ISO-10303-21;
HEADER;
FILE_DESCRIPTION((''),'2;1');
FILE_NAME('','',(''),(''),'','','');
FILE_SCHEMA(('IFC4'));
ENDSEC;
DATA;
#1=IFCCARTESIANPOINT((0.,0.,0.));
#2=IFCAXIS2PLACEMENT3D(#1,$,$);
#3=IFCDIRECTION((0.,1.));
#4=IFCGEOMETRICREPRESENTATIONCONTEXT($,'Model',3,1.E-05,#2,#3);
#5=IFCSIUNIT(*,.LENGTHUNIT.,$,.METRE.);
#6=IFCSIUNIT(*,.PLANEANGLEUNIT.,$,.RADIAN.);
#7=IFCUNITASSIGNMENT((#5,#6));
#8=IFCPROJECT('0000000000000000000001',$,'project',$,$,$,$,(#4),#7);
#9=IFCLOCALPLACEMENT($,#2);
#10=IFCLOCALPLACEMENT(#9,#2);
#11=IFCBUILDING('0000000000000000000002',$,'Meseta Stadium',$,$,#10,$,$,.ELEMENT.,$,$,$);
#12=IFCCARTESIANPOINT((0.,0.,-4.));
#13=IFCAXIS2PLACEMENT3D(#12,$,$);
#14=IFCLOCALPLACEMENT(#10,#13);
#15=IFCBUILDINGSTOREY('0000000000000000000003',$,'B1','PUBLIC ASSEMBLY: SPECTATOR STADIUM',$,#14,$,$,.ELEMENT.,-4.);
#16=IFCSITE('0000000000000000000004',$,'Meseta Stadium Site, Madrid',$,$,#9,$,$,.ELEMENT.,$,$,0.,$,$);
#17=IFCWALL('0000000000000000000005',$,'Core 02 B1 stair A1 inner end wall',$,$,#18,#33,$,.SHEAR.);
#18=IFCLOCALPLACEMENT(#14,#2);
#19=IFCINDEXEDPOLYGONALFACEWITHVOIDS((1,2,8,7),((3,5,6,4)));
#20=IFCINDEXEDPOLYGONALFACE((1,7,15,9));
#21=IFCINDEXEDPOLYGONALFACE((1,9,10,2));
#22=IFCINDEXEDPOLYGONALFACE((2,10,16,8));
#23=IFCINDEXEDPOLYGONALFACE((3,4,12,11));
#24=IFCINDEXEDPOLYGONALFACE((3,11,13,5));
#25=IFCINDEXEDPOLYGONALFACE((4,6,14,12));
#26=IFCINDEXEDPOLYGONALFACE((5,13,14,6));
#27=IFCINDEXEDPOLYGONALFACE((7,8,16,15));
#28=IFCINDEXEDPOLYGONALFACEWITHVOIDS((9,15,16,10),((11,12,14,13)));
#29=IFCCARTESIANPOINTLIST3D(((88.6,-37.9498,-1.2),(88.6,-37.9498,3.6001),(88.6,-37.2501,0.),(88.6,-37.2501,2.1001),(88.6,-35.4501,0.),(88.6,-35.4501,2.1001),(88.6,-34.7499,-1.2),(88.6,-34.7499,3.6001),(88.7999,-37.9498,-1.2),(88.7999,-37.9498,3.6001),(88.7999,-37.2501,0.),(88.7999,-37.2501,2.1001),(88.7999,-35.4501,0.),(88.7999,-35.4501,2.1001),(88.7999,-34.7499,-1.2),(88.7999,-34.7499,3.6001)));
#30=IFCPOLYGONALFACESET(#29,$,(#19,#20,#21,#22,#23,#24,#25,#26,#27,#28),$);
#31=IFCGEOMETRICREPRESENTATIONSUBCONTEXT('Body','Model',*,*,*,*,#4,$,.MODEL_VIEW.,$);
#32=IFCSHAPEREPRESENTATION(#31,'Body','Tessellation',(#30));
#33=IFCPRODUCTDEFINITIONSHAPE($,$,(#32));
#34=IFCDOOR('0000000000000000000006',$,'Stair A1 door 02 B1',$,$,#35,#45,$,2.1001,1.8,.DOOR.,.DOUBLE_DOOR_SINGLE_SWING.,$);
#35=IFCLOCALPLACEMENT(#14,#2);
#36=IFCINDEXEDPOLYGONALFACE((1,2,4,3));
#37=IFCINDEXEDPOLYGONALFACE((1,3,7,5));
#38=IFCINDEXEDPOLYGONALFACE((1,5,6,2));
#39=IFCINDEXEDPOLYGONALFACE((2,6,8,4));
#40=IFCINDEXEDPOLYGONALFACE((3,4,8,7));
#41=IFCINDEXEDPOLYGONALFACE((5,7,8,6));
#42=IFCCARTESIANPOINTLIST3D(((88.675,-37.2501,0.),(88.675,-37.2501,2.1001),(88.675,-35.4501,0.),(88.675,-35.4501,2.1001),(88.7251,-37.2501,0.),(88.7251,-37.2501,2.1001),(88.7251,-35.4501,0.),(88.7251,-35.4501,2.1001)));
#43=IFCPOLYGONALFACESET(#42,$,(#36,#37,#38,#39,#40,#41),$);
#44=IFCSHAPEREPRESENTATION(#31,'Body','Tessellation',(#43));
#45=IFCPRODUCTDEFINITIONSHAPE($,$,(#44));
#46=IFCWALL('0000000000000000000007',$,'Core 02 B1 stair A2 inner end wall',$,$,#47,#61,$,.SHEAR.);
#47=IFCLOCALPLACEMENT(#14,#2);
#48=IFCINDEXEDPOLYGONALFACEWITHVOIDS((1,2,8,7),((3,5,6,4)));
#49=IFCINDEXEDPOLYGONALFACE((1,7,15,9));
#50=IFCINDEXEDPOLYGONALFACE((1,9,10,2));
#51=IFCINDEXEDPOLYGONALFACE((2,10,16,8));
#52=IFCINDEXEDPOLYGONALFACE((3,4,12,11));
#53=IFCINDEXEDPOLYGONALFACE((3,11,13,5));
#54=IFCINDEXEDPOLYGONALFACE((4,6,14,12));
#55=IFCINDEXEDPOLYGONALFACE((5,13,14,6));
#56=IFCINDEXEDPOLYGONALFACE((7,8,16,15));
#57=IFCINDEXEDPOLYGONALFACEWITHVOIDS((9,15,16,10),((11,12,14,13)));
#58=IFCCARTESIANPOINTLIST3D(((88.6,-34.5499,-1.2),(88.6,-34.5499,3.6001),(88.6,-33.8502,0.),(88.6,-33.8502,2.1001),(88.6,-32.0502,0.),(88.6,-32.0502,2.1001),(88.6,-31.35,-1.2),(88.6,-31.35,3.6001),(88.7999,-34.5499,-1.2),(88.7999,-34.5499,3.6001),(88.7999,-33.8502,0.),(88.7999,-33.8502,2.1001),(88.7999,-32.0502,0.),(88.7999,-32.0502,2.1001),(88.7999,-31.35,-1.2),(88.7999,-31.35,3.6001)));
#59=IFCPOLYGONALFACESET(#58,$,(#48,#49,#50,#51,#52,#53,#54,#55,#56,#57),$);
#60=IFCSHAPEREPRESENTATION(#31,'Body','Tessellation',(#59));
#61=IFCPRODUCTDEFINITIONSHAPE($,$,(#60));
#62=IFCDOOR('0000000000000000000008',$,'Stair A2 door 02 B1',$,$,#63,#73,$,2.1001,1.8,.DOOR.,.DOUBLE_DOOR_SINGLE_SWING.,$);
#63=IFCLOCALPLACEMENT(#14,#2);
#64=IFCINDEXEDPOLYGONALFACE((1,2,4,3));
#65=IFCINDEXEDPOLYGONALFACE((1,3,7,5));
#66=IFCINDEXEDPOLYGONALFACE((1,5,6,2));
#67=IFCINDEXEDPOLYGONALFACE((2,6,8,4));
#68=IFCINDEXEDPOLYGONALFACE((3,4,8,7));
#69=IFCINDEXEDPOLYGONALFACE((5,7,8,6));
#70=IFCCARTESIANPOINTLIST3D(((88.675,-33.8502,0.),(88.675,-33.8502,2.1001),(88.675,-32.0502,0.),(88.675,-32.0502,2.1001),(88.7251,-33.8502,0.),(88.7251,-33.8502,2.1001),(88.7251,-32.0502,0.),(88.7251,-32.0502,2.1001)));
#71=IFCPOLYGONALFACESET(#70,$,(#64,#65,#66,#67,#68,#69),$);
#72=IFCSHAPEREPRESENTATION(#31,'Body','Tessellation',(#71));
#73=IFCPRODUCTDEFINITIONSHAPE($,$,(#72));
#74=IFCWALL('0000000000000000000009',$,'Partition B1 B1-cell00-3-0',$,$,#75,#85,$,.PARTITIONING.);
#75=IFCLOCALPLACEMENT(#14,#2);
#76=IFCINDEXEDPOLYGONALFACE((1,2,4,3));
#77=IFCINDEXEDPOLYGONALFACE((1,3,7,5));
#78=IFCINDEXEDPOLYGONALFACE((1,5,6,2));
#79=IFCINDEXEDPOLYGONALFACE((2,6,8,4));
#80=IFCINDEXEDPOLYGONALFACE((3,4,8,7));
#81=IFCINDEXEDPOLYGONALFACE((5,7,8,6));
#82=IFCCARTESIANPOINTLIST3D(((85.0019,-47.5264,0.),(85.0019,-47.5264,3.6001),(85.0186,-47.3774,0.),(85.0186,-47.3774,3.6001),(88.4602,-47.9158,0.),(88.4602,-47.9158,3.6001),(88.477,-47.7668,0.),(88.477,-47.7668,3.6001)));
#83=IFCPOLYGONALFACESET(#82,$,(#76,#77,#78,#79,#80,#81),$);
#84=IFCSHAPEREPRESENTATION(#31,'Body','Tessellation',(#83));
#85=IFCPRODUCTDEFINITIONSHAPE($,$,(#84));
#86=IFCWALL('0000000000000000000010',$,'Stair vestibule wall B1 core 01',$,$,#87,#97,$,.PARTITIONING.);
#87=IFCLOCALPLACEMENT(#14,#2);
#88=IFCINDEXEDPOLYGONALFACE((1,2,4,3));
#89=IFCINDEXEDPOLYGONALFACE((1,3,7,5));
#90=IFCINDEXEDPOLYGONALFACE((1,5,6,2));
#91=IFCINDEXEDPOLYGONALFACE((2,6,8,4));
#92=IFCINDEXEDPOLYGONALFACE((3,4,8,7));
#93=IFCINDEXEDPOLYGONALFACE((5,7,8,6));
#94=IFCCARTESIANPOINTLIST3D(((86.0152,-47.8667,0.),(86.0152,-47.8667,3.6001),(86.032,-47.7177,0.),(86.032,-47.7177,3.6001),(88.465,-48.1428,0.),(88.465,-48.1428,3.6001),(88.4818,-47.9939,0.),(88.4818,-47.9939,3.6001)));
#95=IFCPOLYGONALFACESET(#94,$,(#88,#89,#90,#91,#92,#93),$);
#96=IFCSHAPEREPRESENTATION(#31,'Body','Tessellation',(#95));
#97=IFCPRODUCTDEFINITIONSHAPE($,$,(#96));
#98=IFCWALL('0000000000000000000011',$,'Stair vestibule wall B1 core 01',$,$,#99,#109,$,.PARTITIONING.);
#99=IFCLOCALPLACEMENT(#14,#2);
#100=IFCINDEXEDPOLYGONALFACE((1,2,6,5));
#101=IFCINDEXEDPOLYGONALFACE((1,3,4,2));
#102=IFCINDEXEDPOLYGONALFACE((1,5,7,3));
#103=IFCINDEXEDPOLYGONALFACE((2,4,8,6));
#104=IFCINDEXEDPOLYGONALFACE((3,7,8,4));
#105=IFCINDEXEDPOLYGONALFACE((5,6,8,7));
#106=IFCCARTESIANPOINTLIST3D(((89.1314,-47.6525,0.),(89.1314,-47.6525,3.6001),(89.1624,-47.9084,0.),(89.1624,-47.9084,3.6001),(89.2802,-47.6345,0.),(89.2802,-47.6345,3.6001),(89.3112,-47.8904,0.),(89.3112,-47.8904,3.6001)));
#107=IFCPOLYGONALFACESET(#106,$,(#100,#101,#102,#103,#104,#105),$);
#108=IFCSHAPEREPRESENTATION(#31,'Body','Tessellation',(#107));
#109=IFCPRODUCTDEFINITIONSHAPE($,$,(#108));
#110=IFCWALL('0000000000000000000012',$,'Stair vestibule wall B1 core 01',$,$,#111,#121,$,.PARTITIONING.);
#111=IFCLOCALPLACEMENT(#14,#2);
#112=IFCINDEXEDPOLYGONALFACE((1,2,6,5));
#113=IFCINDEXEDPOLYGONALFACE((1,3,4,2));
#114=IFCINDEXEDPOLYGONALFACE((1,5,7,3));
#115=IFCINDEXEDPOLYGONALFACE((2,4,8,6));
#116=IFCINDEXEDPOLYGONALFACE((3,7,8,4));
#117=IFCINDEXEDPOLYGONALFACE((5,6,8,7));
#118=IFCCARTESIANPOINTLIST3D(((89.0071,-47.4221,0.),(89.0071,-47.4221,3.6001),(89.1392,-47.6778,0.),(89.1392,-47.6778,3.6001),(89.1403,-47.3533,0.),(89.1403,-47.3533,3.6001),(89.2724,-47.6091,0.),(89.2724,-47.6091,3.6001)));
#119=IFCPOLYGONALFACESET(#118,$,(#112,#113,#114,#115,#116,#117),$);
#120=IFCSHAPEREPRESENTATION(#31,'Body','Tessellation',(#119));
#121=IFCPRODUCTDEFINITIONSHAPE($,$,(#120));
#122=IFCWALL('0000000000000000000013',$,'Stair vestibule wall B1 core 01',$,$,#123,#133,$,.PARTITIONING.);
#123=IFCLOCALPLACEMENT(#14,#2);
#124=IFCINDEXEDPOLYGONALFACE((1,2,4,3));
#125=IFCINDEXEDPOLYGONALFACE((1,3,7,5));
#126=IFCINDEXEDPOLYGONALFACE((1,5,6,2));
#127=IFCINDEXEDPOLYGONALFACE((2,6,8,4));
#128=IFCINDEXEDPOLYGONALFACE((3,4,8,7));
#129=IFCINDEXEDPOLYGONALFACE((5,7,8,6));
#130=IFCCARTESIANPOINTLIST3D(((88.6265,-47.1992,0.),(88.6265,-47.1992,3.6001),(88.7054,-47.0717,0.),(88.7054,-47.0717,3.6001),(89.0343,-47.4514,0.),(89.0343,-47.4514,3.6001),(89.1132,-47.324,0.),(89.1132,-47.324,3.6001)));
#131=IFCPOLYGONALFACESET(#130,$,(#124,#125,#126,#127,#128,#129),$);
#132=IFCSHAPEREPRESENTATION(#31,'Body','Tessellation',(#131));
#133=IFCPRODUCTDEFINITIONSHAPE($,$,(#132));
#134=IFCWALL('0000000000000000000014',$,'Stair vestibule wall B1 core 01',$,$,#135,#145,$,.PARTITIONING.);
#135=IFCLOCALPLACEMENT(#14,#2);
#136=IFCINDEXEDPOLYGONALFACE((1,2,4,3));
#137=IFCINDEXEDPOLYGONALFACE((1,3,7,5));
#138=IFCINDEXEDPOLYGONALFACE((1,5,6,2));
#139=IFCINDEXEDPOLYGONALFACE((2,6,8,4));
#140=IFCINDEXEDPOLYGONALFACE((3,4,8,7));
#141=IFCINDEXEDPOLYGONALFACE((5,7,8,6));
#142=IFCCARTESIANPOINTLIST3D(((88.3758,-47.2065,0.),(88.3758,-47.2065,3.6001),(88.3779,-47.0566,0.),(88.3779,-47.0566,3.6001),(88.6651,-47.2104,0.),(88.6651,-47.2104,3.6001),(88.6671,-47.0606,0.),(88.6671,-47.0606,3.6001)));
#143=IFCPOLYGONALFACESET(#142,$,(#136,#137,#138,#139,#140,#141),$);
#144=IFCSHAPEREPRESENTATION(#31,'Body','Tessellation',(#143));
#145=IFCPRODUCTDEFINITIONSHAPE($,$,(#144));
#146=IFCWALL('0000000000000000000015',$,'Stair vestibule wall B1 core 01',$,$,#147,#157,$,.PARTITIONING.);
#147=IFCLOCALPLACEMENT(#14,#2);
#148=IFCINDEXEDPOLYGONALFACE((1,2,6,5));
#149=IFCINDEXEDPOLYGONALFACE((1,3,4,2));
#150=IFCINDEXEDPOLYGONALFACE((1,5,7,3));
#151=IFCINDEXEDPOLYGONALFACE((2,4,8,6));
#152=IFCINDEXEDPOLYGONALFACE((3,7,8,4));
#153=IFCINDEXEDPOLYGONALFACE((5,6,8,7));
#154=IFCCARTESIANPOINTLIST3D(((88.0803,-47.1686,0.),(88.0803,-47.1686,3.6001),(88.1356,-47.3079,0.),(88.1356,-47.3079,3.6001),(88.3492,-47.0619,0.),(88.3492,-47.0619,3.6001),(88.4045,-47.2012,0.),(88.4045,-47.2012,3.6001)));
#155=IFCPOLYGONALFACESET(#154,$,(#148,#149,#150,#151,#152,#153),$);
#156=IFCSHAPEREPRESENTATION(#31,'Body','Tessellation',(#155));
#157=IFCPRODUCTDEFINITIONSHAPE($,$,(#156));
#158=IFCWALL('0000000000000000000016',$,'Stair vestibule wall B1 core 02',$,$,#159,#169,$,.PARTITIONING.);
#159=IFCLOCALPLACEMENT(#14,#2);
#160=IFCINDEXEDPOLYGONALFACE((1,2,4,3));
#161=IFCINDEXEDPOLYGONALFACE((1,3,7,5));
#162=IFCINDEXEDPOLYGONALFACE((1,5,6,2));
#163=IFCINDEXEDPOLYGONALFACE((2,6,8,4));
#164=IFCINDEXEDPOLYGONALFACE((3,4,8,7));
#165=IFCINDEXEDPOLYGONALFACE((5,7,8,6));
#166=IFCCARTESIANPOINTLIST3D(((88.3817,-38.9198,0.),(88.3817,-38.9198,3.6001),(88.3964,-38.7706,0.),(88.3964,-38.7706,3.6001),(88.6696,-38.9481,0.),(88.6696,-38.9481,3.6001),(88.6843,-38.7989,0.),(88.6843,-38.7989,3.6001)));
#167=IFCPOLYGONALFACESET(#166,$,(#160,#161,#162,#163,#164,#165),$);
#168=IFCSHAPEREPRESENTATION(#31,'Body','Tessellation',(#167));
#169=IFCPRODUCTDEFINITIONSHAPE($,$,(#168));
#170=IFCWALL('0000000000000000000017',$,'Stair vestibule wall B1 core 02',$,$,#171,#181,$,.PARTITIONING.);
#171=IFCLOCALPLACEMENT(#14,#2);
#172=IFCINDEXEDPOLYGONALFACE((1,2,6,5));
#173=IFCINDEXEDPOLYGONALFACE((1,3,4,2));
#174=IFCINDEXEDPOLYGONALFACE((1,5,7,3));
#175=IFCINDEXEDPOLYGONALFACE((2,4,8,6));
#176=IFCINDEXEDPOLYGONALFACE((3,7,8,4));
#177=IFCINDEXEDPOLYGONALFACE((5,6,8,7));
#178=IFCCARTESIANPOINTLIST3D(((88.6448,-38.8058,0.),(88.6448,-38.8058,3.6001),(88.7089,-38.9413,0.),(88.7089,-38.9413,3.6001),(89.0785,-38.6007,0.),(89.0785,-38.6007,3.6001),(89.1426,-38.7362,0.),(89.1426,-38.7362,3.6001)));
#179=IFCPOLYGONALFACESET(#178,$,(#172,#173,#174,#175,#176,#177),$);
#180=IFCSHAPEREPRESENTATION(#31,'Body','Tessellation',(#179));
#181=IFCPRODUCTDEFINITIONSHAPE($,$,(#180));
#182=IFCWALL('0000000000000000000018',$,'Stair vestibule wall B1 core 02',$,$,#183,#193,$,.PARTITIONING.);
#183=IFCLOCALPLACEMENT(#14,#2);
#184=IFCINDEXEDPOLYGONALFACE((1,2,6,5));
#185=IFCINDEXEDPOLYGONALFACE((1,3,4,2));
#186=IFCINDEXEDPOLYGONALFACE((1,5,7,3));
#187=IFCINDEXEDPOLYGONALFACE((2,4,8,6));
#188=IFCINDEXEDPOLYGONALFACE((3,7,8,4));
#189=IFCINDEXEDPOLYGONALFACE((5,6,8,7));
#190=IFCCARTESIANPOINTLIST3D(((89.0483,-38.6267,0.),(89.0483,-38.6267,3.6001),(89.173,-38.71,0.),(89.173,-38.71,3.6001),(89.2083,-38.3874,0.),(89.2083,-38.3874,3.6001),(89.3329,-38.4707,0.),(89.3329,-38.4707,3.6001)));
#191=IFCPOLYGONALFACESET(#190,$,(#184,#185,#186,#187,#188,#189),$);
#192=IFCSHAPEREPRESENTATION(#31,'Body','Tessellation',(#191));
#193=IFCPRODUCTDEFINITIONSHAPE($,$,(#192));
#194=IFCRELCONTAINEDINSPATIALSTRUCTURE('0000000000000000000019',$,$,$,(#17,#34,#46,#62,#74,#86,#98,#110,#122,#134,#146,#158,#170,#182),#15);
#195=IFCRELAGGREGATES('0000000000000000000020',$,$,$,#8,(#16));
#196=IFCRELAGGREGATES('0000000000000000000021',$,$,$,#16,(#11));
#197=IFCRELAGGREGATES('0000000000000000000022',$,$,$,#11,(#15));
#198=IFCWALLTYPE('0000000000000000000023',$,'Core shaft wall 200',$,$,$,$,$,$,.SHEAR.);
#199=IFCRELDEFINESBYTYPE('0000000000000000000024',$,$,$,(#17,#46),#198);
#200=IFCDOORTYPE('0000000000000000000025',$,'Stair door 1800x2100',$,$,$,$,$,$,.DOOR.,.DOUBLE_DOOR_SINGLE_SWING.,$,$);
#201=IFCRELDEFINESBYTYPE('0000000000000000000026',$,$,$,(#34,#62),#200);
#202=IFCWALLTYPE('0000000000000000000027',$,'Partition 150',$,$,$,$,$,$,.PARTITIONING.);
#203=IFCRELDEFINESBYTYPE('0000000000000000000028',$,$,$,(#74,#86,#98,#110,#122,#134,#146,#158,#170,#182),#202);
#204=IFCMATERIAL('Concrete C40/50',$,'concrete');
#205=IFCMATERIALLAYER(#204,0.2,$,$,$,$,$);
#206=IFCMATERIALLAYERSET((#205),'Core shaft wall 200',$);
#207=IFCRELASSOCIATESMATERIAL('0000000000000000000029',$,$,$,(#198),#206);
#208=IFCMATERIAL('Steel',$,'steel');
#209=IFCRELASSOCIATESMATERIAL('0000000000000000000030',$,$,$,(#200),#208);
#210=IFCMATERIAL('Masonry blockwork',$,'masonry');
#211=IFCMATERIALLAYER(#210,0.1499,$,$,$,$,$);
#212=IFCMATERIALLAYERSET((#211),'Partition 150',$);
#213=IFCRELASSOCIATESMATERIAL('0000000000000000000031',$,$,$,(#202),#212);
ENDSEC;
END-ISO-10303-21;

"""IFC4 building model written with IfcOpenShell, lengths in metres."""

from ifc_helpers import new_model, si_unit, direction, frame, frame_2d, origin, place, context, subcontext, project, spatial, rectangle, extrude, material, layer, layer_set, type_object, element, fill, save


model = new_model("IFC4")

# Units and contexts
model_context = context("Model", 3, precision=1e-05, world=origin(), true_north=direction((0.0, 1.0)))
body_context = subcontext(model_context, "Body", "Model", "MODEL_VIEW")
ifc_project = project(units=[si_unit("LENGTHUNIT", "METRE"), si_unit("PLANEANGLEUNIT", "RADIAN")], contexts=[model_context])

# Site, building, storey
site_placement = place(None, origin())
site = spatial("IfcSite", under=ifc_project, at=site_placement, Name="Meseta Stadium Site, Madrid", CompositionType="ELEMENT", RefElevation=0.0)
building_placement = place(site_placement, origin())
building = spatial("IfcBuilding", under=site, at=building_placement, Name="Meseta Stadium", CompositionType="ELEMENT")
storey_placement = place(building_placement, frame((0.0, 0.0, -4.0)))
storey = spatial("IfcBuildingStorey", under=building, at=storey_placement, Name="B1", Description="PUBLIC ASSEMBLY: SPECTATOR STADIUM", CompositionType="ELEMENT", Elevation=-4.0)

# Walls, openings, doors
ifc_material_1 = material(Name="Concrete C40/50", Category="concrete")
ifc_layer_1 = layer(ifc_material_1, 0.2)
ifc_layer_set_1 = layer_set([ifc_layer_1], Name="Core shaft wall 200")
wall_type_1 = type_object("IfcWallType", Name="Core shaft wall 200", PredefinedType="SHEAR", material=ifc_layer_set_1)
wall_1_placement = place(storey_placement, frame((88.7, -37.95, -1.2), z_axis=(0.0, 0.0, 1.0), x_axis=(0.0, 1.0, 0.0)))
wall_1 = element("IfcWall", 1, at=wall_1_placement, inside=storey, type_object=wall_type_1, Name="Core 02 B1 stair A1 inner end wall", PredefinedType="SHEAR", context=body_context, shape_type="SweptSolid", body=[
    extrude(rectangle(XDim=3.2, YDim=0.2, at=frame_2d((1.6001, 0.0))), origin(), (0.0, 0.0, 1.0), 4.8),
])
opening_1_placement = place(wall_1_placement, frame((0.7, 0.0, 1.2)))
opening_1 = element("IfcOpeningElement", 2, at=opening_1_placement, cuts=wall_1, PredefinedType="OPENING", context=body_context, shape_type="SweptSolid", body=[
    extrude(rectangle(XDim=1.8, YDim=2.1001, at=frame_2d((0.8999, 1.05))), frame((0.0, 0.1099, 0.0), z_axis=(0.0, -1.0, 0.0), x_axis=(1.0, 0.0, 0.0)), (0.0, 0.0, 1.0), 0.22),
])
ifc_material_2 = material(Name="Steel", Category="steel")
door_type = type_object("IfcDoorType", Name="Stair door 1800x2100", OperationType="DOUBLE_DOOR_SINGLE_SWING", PredefinedType="DOOR", material=ifc_material_2)
door_1_placement = place(opening_1_placement, origin())
door_1 = element("IfcDoor", 3, at=door_1_placement, inside=storey, type_object=door_type, Name="Stair A1 door 02 B1", OperationType="DOUBLE_DOOR_SINGLE_SWING", OverallHeight=2.1001, OverallWidth=1.8, PredefinedType="DOOR", context=body_context, shape_type="SweptSolid", body=[
    extrude(rectangle(XDim=1.8, YDim=2.1001, at=frame_2d((0.8999, 1.05))), frame((0.0, 0.0249, 0.0), z_axis=(0.0, -1.0, 0.0), x_axis=(1.0, 0.0, 0.0)), (0.0, 0.0, 1.0), 0.05),
])
fill(opening_1, door_1)
wall_2_placement = place(storey_placement, frame((88.7, -34.55, -1.2), z_axis=(0.0, 0.0, 1.0), x_axis=(0.0, 1.0, 0.0)))
wall_2 = element("IfcWall", 4, at=wall_2_placement, inside=storey, type_object=wall_type_1, Name="Core 02 B1 stair A2 inner end wall", PredefinedType="SHEAR", context=body_context, shape_type="SweptSolid", body=[
    extrude(rectangle(XDim=3.2, YDim=0.2, at=frame_2d((1.6001, 0.0))), origin(), (0.0, 0.0, 1.0), 4.8),
])
opening_2_placement = place(wall_2_placement, frame((0.7, 0.0, 1.2)))
opening_2 = element("IfcOpeningElement", 5, at=opening_2_placement, cuts=wall_2, PredefinedType="OPENING", context=body_context, shape_type="SweptSolid", body=[
    extrude(rectangle(XDim=1.8, YDim=2.1001, at=frame_2d((0.8999, 1.05))), frame((0.0, 0.1099, 0.0), z_axis=(0.0, -1.0, 0.0), x_axis=(1.0, 0.0, 0.0)), (0.0, 0.0, 1.0), 0.22),
])
door_2_placement = place(opening_2_placement, origin())
door_2 = element("IfcDoor", 6, at=door_2_placement, inside=storey, type_object=door_type, Name="Stair A2 door 02 B1", OperationType="DOUBLE_DOOR_SINGLE_SWING", OverallHeight=2.1001, OverallWidth=1.8, PredefinedType="DOOR", context=body_context, shape_type="SweptSolid", body=[
    extrude(rectangle(XDim=1.8, YDim=2.1001, at=frame_2d((0.8999, 1.05))), frame((0.0, 0.0249, 0.0), z_axis=(0.0, -1.0, 0.0), x_axis=(1.0, 0.0, 0.0)), (0.0, 0.0, 1.0), 0.05),
])
fill(opening_2, door_2)

# Walls
ifc_material_3 = material(Name="Masonry blockwork", Category="masonry")
ifc_layer_2 = layer(ifc_material_3, 0.1499)
ifc_layer_set_2 = layer_set([ifc_layer_2], Name="Partition 150")
wall_type_2 = type_object("IfcWallType", Name="Partition 150", PredefinedType="PARTITIONING", material=ifc_layer_set_2)
wall_3_placement = place(storey_placement, frame((88.4688, -47.8413, 0.0), z_axis=(0.0, 0.0, 1.0), x_axis=(-0.99372, 0.111894, 0.0)))
element("IfcWall", 7, at=wall_3_placement, inside=storey, type_object=wall_type_2, Name="Partition B1 B1-cell00-3-0", PredefinedType="PARTITIONING", context=body_context, shape_type="SweptSolid", body=[
    extrude(rectangle(XDim=3.4802, YDim=0.1499, at=frame_2d((1.7402, 0.0))), origin(), (0.0, 0.0, 1.0), 3.6001),
])
wall_4_placement = place(storey_placement, frame((88.4734, -48.0684, 0.0), z_axis=(0.0, 0.0, 1.0), x_axis=(-0.993707, 0.112007, 0.0)))
element("IfcWall", 8, at=wall_4_placement, inside=storey, type_object=wall_type_2, Name="Stair vestibule wall B1 core 01", PredefinedType="PARTITIONING", context=body_context, shape_type="SweptSolid", body=[
    extrude(rectangle(XDim=2.4653, YDim=0.1499, at=frame_2d((1.2327, 0.0))), origin(), (0.0, 0.0, 1.0), 3.6001),
])
wall_5_placement = place(storey_placement, frame((89.2368, -47.8994, 0.0), z_axis=(0.0, 0.0, 1.0), x_axis=(-0.120303, 0.992737, 0.0)))
element("IfcWall", 9, at=wall_5_placement, inside=storey, type_object=wall_type_2, Name="Stair vestibule wall B1 core 01", PredefinedType="PARTITIONING", context=body_context, shape_type="SweptSolid", body=[
    extrude(rectangle(XDim=0.2578, YDim=0.1499, at=frame_2d((0.1289, 0.0))), origin(), (0.0, 0.0, 1.0), 3.6001),
])
wall_6_placement = place(storey_placement, frame((89.2058, -47.6436, 0.0), z_axis=(0.0, 0.0, 1.0), x_axis=(-0.458708, 0.888587, 0.0)))
element("IfcWall", 10, at=wall_6_placement, inside=storey, type_object=wall_type_2, Name="Stair vestibule wall B1 core 01", PredefinedType="PARTITIONING", context=body_context, shape_type="SweptSolid", body=[
    extrude(rectangle(XDim=0.2878, YDim=0.1499, at=frame_2d((0.144, 0.0))), origin(), (0.0, 0.0, 1.0), 3.6001),
])
wall_7_placement = place(storey_placement, frame((89.0737, -47.3877, 0.0), z_axis=(0.0, 0.0, 1.0), x_axis=(-0.85045, 0.526057, 0.0)))
element("IfcWall", 11, at=wall_7_placement, inside=storey, type_object=wall_type_2, Name="Stair vestibule wall B1 core 01", PredefinedType="PARTITIONING", context=body_context, shape_type="SweptSolid", body=[
    extrude(rectangle(XDim=0.4795, YDim=0.1499, at=frame_2d((0.2397, 0.0))), origin(), (0.0, 0.0, 1.0), 3.6001),
])
for number, where, z_axis, x_axis, name in (
    (12, (88.666, -47.1355, 0.0), (0.0, 0.0, 1.0), (-0.999909, 0.013501, 0.0), "Stair vestibule wall B1 core 01"),
    (13, (88.3767, -47.1316, 0.0), (0.0, 0.0, 1.0), (-0.929463, -0.368915, 0.0), "Stair vestibule wall B1 core 01"),
    (14, (88.3892, -38.8452, 0.0), (0.0, 0.0, 1.0), (0.995195, -0.097916, 0.0), "Stair vestibule wall B1 core 02"),
):
    element("IfcWall", number, at=place(storey_placement, frame(where, z_axis=z_axis, x_axis=x_axis)), inside=storey, type_object=wall_type_2, Name=name, PredefinedType="PARTITIONING", context=body_context, shape_type="SweptSolid", body=[
        extrude(rectangle(XDim=0.2893, YDim=0.1499, at=frame_2d((0.1445, 0.0))), origin(), (0.0, 0.0, 1.0), 3.6001),
    ])
wall_8_placement = place(storey_placement, frame((88.677, -38.8735, 0.0), z_axis=(0.0, 0.0, 1.0), x_axis=(0.903986, 0.427561, 0.0)))
element("IfcWall", 15, at=wall_8_placement, inside=storey, type_object=wall_type_2, Name="Stair vestibule wall B1 core 02", PredefinedType="PARTITIONING", context=body_context, shape_type="SweptSolid", body=[
    extrude(rectangle(XDim=0.4797, YDim=0.1499, at=frame_2d((0.2397, 0.0))), origin(), (0.0, 0.0, 1.0), 3.6001),
])
wall_9_placement = place(storey_placement, frame((89.1106, -38.6685, 0.0), z_axis=(0.0, 0.0, 1.0), x_axis=(0.555679, 0.831397, 0.0)))
element("IfcWall", 16, at=wall_9_placement, inside=storey, type_object=wall_type_2, Name="Stair vestibule wall B1 core 02", PredefinedType="PARTITIONING", context=body_context, shape_type="SweptSolid", body=[
    extrude(rectangle(XDim=0.2878, YDim=0.1499, at=frame_2d((0.144, 0.0))), origin(), (0.0, 0.0, 1.0), 3.6001),
])

save(model, "model.ifc")
